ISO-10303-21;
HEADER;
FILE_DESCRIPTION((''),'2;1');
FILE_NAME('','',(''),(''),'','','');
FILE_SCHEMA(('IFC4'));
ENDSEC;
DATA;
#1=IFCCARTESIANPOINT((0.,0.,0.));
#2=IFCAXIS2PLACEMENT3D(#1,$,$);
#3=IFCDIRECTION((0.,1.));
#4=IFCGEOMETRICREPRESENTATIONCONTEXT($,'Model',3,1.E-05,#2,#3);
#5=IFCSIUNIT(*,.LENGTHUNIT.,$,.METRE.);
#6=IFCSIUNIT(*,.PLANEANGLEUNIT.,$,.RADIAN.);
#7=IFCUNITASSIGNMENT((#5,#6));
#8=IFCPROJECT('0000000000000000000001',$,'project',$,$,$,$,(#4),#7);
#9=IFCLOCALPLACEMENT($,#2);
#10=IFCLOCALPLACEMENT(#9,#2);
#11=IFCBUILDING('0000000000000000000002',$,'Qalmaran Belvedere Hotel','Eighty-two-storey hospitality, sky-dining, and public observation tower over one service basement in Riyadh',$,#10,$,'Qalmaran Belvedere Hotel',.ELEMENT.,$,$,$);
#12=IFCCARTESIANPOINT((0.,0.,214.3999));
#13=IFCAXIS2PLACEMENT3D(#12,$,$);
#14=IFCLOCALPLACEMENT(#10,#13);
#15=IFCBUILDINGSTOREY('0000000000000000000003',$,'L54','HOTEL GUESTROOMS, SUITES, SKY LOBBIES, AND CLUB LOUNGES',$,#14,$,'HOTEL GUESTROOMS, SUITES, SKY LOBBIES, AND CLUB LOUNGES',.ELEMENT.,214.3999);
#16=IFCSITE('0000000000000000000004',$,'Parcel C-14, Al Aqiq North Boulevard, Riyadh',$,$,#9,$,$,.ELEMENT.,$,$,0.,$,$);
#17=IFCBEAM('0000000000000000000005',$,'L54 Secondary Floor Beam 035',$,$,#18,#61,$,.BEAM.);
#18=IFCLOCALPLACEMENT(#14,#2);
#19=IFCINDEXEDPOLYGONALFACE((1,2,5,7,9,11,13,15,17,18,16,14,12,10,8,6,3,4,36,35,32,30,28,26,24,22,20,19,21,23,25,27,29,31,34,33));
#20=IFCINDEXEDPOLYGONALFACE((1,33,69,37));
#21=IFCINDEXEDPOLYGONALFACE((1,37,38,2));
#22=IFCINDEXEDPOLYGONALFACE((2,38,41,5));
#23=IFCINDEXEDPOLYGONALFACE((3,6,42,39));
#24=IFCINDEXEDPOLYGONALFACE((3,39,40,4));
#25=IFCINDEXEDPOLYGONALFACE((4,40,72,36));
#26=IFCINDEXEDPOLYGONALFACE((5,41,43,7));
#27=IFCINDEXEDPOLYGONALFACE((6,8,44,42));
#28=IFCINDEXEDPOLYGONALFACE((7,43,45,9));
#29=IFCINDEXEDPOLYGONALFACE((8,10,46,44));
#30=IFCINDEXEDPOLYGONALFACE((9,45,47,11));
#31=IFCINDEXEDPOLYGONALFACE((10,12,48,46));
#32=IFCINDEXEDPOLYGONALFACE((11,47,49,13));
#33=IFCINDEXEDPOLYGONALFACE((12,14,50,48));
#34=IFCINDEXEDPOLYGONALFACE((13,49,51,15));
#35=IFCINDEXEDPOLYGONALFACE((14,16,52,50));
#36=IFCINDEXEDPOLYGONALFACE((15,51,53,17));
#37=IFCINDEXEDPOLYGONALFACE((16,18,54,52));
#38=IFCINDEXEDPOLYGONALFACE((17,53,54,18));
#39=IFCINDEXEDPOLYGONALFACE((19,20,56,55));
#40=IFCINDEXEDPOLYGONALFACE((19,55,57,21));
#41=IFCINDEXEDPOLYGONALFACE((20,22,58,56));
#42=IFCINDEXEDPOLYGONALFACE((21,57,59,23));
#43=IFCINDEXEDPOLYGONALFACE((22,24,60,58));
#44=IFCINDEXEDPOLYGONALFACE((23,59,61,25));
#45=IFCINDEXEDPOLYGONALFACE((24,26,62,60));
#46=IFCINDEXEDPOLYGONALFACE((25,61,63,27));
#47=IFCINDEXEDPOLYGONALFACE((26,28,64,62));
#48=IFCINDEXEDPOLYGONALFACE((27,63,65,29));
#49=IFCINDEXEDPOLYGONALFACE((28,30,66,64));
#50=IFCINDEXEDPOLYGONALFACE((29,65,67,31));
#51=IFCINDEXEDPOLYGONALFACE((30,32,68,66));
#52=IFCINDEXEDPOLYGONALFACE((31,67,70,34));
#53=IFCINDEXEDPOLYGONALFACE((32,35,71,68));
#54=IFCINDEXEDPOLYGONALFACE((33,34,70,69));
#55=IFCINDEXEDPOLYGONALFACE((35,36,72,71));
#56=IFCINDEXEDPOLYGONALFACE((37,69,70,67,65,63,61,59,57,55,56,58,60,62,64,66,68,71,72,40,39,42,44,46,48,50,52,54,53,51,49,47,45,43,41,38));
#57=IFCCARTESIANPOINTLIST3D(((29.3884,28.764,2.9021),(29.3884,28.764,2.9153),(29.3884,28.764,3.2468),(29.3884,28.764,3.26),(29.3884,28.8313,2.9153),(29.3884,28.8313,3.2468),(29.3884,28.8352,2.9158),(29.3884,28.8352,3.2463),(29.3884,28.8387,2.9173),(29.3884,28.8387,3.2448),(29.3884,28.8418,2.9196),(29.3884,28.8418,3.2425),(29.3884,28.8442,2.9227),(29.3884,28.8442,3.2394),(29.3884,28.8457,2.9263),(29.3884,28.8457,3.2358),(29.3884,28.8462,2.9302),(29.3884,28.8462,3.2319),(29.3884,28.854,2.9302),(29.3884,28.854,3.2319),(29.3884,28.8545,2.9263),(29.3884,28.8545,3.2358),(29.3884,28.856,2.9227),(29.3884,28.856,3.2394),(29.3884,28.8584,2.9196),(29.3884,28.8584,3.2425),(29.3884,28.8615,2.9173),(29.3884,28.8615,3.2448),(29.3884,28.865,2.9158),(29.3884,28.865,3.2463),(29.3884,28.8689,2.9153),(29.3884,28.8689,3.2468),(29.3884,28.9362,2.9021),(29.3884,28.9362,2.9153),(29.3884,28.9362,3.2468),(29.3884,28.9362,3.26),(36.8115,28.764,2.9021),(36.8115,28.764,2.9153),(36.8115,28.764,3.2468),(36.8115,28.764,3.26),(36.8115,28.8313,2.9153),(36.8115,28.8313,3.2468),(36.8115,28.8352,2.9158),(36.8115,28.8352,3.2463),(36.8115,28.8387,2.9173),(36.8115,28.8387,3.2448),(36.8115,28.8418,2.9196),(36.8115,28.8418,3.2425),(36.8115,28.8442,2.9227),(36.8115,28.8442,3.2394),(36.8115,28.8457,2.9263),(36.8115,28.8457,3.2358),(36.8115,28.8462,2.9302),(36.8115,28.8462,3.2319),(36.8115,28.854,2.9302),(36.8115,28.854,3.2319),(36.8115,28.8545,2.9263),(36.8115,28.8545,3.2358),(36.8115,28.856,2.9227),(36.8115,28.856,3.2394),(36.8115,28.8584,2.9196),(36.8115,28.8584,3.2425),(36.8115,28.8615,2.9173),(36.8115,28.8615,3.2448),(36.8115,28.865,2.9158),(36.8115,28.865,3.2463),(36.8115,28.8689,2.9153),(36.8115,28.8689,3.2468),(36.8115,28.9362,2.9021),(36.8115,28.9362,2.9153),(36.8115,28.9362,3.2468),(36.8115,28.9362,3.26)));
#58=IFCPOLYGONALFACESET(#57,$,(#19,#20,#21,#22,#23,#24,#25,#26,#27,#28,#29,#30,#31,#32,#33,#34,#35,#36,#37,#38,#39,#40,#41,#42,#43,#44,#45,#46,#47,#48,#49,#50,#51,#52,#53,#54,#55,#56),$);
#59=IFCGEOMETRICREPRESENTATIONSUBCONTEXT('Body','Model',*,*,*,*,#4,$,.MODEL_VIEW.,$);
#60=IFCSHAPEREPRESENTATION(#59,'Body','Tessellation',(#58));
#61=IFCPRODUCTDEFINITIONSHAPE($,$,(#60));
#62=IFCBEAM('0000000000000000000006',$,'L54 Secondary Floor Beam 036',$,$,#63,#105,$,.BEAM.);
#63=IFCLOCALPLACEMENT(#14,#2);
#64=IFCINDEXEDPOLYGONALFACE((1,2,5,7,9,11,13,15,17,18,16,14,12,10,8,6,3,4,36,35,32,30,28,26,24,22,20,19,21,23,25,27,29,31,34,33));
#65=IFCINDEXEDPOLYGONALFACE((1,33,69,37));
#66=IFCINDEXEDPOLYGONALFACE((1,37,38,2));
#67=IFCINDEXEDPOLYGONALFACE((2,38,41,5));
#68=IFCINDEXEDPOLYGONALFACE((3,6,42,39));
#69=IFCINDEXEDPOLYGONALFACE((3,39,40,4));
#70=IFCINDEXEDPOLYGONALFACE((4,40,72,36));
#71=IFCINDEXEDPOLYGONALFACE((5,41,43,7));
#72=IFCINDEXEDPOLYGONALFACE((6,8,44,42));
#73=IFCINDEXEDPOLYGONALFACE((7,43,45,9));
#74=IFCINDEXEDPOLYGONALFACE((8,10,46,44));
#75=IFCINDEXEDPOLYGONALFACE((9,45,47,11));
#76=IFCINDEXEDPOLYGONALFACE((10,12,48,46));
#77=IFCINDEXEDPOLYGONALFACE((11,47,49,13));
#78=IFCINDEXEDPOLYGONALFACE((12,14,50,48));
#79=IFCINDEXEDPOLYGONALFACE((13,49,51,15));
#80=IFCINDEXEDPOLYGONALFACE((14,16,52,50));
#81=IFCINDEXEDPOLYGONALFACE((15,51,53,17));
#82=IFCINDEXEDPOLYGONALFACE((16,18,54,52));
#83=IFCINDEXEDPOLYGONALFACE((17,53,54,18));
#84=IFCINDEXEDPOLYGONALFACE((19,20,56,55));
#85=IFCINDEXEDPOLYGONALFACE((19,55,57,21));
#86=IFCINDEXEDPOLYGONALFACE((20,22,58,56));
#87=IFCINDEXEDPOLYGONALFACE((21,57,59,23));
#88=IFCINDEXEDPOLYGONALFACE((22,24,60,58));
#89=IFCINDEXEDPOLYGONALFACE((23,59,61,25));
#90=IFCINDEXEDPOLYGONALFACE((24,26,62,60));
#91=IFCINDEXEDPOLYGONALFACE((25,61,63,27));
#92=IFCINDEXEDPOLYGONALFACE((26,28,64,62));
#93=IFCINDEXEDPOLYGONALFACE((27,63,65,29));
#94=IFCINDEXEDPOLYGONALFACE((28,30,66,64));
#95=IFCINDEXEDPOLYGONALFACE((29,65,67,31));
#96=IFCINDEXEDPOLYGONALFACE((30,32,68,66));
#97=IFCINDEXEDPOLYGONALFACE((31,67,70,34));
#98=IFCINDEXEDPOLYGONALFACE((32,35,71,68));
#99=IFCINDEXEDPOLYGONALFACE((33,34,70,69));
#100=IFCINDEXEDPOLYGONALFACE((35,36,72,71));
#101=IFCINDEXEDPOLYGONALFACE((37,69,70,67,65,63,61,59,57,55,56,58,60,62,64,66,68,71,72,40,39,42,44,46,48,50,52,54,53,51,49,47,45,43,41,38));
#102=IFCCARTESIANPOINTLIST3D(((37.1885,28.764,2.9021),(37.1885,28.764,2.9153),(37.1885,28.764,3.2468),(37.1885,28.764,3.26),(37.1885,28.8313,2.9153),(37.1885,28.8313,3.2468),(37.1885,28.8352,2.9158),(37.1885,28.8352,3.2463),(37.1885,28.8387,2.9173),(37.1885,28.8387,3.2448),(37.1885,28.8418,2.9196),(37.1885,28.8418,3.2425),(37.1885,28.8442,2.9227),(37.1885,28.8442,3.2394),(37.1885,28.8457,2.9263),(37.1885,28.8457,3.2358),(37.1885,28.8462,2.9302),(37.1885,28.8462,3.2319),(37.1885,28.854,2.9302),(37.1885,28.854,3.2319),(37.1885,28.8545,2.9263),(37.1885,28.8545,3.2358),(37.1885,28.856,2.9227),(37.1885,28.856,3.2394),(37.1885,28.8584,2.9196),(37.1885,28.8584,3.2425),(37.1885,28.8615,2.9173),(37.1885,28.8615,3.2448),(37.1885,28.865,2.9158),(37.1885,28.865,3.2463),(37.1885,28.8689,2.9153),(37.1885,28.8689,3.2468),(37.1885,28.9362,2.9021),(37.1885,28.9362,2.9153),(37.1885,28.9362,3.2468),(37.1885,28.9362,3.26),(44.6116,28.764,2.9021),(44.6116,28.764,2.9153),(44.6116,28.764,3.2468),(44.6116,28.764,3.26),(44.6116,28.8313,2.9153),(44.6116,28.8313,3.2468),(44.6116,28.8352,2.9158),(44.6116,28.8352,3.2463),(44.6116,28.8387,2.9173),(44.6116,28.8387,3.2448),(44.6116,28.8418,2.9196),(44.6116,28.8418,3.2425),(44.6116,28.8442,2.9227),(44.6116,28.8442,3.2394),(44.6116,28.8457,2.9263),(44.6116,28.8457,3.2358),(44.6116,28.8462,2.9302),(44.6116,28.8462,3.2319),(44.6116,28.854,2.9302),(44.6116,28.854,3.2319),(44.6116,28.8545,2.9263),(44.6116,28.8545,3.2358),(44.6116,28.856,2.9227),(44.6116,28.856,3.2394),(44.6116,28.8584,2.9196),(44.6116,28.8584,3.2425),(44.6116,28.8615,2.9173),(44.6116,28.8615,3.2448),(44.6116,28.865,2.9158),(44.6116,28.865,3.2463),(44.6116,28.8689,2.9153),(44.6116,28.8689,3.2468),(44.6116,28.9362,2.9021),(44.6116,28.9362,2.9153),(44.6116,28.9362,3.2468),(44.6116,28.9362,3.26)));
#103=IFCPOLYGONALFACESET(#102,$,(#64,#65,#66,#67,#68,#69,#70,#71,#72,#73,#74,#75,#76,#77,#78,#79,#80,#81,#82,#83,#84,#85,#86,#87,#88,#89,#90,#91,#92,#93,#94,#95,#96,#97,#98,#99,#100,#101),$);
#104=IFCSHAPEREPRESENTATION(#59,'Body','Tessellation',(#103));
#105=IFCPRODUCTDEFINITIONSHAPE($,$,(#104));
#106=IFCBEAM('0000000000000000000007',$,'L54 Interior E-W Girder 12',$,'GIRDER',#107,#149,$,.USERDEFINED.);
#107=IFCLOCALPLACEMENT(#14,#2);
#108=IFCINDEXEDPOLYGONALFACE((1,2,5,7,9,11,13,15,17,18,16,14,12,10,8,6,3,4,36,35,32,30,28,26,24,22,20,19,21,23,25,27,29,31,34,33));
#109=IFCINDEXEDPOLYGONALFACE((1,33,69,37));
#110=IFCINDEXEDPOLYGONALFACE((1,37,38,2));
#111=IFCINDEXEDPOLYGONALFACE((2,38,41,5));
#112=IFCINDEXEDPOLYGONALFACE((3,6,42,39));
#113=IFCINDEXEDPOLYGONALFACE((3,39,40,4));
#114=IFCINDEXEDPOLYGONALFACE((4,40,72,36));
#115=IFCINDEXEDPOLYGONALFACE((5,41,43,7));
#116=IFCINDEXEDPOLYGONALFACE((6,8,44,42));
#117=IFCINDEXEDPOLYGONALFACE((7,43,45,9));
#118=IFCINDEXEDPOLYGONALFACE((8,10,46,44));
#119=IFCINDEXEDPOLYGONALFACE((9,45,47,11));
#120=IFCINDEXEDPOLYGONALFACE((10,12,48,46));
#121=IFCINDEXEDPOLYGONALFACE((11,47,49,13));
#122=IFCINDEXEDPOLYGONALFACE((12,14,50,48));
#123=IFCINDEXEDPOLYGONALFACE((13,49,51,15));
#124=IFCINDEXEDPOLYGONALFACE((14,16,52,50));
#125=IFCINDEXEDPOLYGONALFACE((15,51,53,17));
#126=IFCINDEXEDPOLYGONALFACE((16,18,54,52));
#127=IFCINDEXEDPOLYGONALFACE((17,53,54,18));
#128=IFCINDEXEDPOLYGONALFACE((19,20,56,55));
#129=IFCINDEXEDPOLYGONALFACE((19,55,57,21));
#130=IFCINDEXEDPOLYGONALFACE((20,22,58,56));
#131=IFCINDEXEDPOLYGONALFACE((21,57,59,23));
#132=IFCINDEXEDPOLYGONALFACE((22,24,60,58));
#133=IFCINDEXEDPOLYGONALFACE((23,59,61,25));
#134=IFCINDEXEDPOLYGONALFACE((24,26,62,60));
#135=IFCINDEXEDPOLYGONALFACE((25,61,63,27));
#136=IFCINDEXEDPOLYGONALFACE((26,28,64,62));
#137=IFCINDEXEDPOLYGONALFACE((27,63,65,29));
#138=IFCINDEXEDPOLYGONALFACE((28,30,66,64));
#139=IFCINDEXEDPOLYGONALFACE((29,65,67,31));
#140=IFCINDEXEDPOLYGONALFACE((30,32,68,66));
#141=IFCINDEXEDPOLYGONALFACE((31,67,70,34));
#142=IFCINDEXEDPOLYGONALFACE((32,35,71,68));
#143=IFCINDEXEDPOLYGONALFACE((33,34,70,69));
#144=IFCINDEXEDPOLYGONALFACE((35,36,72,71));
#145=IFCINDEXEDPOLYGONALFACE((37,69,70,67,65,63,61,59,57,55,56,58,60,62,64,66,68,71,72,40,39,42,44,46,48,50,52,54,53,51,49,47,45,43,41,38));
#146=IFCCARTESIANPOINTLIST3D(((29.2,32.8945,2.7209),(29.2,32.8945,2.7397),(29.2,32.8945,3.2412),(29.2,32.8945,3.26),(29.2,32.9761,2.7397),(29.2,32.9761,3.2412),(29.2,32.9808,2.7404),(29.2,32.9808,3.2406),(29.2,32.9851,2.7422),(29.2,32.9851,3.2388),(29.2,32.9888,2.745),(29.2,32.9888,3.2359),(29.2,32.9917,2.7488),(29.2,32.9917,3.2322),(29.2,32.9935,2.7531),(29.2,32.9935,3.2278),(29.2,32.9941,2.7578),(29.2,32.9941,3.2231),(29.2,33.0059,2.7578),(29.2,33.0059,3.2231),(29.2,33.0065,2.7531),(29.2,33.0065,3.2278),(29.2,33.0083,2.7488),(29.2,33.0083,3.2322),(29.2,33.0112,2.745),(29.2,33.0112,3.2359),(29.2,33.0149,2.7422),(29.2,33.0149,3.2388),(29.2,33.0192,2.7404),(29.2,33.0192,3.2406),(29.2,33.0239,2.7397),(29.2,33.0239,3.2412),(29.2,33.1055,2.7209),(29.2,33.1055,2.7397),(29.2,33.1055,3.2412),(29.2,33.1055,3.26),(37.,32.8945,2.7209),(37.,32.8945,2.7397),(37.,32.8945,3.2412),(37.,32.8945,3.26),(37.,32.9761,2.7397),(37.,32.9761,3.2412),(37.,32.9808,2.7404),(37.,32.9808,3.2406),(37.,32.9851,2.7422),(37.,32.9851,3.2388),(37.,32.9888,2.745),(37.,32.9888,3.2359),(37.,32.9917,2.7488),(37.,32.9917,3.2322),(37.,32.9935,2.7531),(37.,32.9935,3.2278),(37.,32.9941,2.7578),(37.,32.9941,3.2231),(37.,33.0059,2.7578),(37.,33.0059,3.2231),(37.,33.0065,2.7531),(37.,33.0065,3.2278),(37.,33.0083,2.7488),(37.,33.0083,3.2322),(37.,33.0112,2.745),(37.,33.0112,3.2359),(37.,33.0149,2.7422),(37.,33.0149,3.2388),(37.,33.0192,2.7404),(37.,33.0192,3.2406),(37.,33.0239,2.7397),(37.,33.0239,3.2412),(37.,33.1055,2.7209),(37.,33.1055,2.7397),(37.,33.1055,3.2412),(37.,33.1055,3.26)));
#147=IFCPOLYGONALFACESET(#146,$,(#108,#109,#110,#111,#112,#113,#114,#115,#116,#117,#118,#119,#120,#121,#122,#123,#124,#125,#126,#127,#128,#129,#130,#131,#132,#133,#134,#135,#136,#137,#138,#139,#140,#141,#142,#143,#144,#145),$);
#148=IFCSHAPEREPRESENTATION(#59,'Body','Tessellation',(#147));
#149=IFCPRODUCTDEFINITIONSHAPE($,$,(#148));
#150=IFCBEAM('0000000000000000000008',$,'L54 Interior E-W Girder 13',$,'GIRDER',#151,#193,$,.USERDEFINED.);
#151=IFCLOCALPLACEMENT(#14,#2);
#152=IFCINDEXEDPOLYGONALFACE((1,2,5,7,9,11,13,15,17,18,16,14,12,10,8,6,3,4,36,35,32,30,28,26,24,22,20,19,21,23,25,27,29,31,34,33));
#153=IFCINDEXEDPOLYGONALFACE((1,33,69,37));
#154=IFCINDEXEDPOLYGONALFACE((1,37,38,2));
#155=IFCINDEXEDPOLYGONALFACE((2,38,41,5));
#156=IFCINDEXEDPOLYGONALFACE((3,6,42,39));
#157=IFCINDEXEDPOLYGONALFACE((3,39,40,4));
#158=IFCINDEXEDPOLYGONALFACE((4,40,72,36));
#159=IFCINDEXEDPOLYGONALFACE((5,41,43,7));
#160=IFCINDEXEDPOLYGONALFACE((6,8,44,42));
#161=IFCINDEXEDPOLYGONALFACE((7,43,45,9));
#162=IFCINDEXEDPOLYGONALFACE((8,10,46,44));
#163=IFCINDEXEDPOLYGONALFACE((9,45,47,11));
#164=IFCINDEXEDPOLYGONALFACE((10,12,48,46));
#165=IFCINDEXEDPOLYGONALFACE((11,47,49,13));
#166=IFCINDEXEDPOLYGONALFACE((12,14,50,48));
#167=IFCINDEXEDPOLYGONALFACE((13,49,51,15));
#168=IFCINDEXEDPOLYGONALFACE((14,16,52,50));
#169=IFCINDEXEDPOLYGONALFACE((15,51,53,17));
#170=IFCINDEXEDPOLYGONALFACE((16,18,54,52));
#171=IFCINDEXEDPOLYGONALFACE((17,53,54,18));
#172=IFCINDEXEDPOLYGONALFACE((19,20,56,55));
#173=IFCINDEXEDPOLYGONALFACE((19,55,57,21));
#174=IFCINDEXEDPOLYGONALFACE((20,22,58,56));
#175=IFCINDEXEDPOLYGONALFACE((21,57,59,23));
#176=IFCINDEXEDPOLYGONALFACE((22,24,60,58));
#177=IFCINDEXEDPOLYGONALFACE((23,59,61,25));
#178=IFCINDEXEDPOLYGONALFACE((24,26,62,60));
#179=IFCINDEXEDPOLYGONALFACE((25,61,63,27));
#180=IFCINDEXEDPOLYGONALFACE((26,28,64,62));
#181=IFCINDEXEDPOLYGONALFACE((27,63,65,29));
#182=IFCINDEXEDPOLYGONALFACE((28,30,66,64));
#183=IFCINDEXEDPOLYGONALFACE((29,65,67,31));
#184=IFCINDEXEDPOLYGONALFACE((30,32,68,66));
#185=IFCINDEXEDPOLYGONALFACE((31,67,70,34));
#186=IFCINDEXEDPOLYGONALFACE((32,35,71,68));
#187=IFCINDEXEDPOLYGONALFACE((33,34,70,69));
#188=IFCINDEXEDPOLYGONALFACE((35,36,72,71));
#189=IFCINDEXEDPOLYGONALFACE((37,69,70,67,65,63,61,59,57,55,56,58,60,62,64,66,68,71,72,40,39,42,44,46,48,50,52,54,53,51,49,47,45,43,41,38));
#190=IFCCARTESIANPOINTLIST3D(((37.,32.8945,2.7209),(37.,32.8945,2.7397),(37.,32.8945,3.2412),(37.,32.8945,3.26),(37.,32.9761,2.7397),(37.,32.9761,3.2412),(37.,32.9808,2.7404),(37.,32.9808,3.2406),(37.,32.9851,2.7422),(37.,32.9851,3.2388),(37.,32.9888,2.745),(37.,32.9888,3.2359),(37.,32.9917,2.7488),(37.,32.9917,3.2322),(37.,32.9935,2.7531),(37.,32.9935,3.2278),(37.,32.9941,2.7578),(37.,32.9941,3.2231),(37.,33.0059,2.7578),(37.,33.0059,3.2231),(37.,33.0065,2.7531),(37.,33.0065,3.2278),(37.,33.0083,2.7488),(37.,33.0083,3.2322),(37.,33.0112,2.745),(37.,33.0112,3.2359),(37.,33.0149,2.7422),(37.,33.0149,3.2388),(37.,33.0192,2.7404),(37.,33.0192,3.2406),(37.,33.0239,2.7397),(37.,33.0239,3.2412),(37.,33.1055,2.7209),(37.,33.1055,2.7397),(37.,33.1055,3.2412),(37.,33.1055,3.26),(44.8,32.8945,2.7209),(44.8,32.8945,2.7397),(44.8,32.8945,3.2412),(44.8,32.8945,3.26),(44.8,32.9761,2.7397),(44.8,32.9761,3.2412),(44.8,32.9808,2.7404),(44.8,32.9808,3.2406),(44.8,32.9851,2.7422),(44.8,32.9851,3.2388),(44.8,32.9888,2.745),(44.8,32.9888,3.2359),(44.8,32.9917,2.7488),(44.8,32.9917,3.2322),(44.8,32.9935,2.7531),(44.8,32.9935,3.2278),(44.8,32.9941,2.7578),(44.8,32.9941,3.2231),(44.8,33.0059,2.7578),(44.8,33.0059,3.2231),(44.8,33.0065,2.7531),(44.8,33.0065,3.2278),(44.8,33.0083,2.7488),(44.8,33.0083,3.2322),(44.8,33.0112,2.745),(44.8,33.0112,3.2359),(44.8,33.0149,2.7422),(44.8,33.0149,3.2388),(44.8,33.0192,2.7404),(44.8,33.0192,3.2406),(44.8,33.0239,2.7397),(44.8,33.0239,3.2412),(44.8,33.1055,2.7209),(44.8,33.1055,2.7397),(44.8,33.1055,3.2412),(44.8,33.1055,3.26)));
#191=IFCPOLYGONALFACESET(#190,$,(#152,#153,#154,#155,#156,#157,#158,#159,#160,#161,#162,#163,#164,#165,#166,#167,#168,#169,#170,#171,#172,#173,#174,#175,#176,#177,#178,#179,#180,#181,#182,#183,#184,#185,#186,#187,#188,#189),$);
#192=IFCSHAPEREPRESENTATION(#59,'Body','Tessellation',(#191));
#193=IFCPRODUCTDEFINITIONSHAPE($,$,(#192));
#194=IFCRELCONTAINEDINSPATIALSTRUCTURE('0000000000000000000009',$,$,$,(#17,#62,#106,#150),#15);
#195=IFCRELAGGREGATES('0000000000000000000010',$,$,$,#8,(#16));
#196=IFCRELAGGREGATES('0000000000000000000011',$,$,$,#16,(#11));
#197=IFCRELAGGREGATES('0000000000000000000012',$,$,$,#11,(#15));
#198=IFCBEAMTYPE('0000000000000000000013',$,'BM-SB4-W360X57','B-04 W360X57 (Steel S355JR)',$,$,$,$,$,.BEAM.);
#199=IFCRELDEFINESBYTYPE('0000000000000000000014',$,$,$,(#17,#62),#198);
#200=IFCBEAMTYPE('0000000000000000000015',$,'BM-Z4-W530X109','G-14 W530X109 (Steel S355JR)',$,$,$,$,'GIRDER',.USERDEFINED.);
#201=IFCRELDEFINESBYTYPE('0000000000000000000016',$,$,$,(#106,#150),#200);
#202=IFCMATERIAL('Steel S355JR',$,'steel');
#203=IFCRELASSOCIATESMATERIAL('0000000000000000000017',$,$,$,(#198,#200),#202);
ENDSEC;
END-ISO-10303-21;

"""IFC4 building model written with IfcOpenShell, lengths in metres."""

from ifc_helpers import new_model, si_unit, direction, frame, origin, origin_2d, place, context, subcontext, project, spatial, i_section, extrude, material, material_profile, profile_set, type_object, element, save


model = new_model("IFC4")

# Units and contexts
model_context = context("Model", 3, precision=1e-05, world=origin(), true_north=direction((0.0, 1.0)))
body_context = subcontext(model_context, "Body", "Model", "MODEL_VIEW")
ifc_project = project(units=[si_unit("LENGTHUNIT", "METRE"), si_unit("PLANEANGLEUNIT", "RADIAN")], contexts=[model_context])

# Site, building, storey
site_placement = place(None, origin())
site = spatial("IfcSite", under=ifc_project, at=site_placement, Name="Parcel C-14, Al Aqiq North Boulevard, Riyadh", CompositionType="ELEMENT", RefElevation=0.0)
building_placement = place(site_placement, origin())
building = spatial("IfcBuilding", under=site, at=building_placement, Name="Qalmaran Belvedere Hotel", Description="Eighty-two-storey hospitality, sky-dining, and public observation tower over one service basement in Riyadh", LongName="Qalmaran Belvedere Hotel", CompositionType="ELEMENT")
storey_placement = place(building_placement, frame((0.0, 0.0, 214.3999)))
storey = spatial("IfcBuildingStorey", under=building, at=storey_placement, Name="L54", Description="HOTEL GUESTROOMS, SUITES, SKY LOBBIES, AND CLUB LOUNGES", LongName="HOTEL GUESTROOMS, SUITES, SKY LOBBIES, AND CLUB LOUNGES", CompositionType="ELEMENT", Elevation=214.3999)

# Beams
ifc_material_1 = material(Name="Steel S355JR", Category="steel")
ifc_material_profile_1 = material_profile(ifc_material_1, i_section(OverallWidth=0.1721, OverallDepth=0.3579, WebThickness=0.0078, FlangeThickness=0.0132, FilletRadius=0.0149, at=origin_2d()), Name="W360X57")
ifc_profile_set_1 = profile_set([ifc_material_profile_1], Name="Steel S355JR")
beam_type_1 = type_object("IfcBeamType", Name="BM-SB4-W360X57", Description="B-04 W360X57 (Steel S355JR)", PredefinedType="BEAM", material=ifc_profile_set_1)
for number, where, z_axis, x_axis, name in (
    (1, (29.3884, 28.8501, 3.0811), (1.0, 0.0, 0.0), (0.0, 1.0, 0.0), "L54 Secondary Floor Beam 035"),
    (2, (37.1885, 28.8501, 3.0811), (1.0, 0.0, 0.0), (0.0, 1.0, 0.0), "L54 Secondary Floor Beam 036"),
):
    element("IfcBeam", number, at=place(storey_placement, frame(where, z_axis=z_axis, x_axis=x_axis)), inside=storey, type_object=beam_type_1, Name=name, PredefinedType="BEAM", context=body_context, shape_type="SweptSolid", body=[
        extrude(i_section(OverallWidth=0.1721, OverallDepth=0.3579, WebThickness=0.0078, FlangeThickness=0.0132, FilletRadius=0.0149, at=origin_2d()), origin(), (0.0, 0.0, 1.0), 7.4231),
    ])
ifc_material_profile_2 = material_profile(ifc_material_1, i_section(OverallWidth=0.2109, OverallDepth=0.5391, WebThickness=0.0117, FlangeThickness=0.0188, FilletRadius=0.0181, at=origin_2d()), Name="W530X109")
ifc_profile_set_2 = profile_set([ifc_material_profile_2], Name="Steel S355JR")
beam_type_2 = type_object("IfcBeamType", Name="BM-Z4-W530X109", Description="G-14 W530X109 (Steel S355JR)", ElementType="GIRDER", PredefinedType="USERDEFINED", material=ifc_profile_set_2)
for number, where, z_axis, x_axis, name in (
    (3, (29.2, 33.0, 2.9905), (1.0, 0.0, 0.0), (0.0, 1.0, 0.0), "L54 Interior E-W Girder 12"),
    (4, (37.0, 33.0, 2.9905), (1.0, 0.0, 0.0), (0.0, 1.0, 0.0), "L54 Interior E-W Girder 13"),
):
    element("IfcBeam", number, at=place(storey_placement, frame(where, z_axis=z_axis, x_axis=x_axis)), inside=storey, type_object=beam_type_2, Name=name, ObjectType="GIRDER", PredefinedType="USERDEFINED", context=body_context, shape_type="SweptSolid", body=[
        extrude(i_section(OverallWidth=0.2109, OverallDepth=0.5391, WebThickness=0.0117, FlangeThickness=0.0188, FilletRadius=0.0181, at=origin_2d()), origin(), (0.0, 0.0, 1.0), 7.8),
    ])

save(model, "model.ifc")
